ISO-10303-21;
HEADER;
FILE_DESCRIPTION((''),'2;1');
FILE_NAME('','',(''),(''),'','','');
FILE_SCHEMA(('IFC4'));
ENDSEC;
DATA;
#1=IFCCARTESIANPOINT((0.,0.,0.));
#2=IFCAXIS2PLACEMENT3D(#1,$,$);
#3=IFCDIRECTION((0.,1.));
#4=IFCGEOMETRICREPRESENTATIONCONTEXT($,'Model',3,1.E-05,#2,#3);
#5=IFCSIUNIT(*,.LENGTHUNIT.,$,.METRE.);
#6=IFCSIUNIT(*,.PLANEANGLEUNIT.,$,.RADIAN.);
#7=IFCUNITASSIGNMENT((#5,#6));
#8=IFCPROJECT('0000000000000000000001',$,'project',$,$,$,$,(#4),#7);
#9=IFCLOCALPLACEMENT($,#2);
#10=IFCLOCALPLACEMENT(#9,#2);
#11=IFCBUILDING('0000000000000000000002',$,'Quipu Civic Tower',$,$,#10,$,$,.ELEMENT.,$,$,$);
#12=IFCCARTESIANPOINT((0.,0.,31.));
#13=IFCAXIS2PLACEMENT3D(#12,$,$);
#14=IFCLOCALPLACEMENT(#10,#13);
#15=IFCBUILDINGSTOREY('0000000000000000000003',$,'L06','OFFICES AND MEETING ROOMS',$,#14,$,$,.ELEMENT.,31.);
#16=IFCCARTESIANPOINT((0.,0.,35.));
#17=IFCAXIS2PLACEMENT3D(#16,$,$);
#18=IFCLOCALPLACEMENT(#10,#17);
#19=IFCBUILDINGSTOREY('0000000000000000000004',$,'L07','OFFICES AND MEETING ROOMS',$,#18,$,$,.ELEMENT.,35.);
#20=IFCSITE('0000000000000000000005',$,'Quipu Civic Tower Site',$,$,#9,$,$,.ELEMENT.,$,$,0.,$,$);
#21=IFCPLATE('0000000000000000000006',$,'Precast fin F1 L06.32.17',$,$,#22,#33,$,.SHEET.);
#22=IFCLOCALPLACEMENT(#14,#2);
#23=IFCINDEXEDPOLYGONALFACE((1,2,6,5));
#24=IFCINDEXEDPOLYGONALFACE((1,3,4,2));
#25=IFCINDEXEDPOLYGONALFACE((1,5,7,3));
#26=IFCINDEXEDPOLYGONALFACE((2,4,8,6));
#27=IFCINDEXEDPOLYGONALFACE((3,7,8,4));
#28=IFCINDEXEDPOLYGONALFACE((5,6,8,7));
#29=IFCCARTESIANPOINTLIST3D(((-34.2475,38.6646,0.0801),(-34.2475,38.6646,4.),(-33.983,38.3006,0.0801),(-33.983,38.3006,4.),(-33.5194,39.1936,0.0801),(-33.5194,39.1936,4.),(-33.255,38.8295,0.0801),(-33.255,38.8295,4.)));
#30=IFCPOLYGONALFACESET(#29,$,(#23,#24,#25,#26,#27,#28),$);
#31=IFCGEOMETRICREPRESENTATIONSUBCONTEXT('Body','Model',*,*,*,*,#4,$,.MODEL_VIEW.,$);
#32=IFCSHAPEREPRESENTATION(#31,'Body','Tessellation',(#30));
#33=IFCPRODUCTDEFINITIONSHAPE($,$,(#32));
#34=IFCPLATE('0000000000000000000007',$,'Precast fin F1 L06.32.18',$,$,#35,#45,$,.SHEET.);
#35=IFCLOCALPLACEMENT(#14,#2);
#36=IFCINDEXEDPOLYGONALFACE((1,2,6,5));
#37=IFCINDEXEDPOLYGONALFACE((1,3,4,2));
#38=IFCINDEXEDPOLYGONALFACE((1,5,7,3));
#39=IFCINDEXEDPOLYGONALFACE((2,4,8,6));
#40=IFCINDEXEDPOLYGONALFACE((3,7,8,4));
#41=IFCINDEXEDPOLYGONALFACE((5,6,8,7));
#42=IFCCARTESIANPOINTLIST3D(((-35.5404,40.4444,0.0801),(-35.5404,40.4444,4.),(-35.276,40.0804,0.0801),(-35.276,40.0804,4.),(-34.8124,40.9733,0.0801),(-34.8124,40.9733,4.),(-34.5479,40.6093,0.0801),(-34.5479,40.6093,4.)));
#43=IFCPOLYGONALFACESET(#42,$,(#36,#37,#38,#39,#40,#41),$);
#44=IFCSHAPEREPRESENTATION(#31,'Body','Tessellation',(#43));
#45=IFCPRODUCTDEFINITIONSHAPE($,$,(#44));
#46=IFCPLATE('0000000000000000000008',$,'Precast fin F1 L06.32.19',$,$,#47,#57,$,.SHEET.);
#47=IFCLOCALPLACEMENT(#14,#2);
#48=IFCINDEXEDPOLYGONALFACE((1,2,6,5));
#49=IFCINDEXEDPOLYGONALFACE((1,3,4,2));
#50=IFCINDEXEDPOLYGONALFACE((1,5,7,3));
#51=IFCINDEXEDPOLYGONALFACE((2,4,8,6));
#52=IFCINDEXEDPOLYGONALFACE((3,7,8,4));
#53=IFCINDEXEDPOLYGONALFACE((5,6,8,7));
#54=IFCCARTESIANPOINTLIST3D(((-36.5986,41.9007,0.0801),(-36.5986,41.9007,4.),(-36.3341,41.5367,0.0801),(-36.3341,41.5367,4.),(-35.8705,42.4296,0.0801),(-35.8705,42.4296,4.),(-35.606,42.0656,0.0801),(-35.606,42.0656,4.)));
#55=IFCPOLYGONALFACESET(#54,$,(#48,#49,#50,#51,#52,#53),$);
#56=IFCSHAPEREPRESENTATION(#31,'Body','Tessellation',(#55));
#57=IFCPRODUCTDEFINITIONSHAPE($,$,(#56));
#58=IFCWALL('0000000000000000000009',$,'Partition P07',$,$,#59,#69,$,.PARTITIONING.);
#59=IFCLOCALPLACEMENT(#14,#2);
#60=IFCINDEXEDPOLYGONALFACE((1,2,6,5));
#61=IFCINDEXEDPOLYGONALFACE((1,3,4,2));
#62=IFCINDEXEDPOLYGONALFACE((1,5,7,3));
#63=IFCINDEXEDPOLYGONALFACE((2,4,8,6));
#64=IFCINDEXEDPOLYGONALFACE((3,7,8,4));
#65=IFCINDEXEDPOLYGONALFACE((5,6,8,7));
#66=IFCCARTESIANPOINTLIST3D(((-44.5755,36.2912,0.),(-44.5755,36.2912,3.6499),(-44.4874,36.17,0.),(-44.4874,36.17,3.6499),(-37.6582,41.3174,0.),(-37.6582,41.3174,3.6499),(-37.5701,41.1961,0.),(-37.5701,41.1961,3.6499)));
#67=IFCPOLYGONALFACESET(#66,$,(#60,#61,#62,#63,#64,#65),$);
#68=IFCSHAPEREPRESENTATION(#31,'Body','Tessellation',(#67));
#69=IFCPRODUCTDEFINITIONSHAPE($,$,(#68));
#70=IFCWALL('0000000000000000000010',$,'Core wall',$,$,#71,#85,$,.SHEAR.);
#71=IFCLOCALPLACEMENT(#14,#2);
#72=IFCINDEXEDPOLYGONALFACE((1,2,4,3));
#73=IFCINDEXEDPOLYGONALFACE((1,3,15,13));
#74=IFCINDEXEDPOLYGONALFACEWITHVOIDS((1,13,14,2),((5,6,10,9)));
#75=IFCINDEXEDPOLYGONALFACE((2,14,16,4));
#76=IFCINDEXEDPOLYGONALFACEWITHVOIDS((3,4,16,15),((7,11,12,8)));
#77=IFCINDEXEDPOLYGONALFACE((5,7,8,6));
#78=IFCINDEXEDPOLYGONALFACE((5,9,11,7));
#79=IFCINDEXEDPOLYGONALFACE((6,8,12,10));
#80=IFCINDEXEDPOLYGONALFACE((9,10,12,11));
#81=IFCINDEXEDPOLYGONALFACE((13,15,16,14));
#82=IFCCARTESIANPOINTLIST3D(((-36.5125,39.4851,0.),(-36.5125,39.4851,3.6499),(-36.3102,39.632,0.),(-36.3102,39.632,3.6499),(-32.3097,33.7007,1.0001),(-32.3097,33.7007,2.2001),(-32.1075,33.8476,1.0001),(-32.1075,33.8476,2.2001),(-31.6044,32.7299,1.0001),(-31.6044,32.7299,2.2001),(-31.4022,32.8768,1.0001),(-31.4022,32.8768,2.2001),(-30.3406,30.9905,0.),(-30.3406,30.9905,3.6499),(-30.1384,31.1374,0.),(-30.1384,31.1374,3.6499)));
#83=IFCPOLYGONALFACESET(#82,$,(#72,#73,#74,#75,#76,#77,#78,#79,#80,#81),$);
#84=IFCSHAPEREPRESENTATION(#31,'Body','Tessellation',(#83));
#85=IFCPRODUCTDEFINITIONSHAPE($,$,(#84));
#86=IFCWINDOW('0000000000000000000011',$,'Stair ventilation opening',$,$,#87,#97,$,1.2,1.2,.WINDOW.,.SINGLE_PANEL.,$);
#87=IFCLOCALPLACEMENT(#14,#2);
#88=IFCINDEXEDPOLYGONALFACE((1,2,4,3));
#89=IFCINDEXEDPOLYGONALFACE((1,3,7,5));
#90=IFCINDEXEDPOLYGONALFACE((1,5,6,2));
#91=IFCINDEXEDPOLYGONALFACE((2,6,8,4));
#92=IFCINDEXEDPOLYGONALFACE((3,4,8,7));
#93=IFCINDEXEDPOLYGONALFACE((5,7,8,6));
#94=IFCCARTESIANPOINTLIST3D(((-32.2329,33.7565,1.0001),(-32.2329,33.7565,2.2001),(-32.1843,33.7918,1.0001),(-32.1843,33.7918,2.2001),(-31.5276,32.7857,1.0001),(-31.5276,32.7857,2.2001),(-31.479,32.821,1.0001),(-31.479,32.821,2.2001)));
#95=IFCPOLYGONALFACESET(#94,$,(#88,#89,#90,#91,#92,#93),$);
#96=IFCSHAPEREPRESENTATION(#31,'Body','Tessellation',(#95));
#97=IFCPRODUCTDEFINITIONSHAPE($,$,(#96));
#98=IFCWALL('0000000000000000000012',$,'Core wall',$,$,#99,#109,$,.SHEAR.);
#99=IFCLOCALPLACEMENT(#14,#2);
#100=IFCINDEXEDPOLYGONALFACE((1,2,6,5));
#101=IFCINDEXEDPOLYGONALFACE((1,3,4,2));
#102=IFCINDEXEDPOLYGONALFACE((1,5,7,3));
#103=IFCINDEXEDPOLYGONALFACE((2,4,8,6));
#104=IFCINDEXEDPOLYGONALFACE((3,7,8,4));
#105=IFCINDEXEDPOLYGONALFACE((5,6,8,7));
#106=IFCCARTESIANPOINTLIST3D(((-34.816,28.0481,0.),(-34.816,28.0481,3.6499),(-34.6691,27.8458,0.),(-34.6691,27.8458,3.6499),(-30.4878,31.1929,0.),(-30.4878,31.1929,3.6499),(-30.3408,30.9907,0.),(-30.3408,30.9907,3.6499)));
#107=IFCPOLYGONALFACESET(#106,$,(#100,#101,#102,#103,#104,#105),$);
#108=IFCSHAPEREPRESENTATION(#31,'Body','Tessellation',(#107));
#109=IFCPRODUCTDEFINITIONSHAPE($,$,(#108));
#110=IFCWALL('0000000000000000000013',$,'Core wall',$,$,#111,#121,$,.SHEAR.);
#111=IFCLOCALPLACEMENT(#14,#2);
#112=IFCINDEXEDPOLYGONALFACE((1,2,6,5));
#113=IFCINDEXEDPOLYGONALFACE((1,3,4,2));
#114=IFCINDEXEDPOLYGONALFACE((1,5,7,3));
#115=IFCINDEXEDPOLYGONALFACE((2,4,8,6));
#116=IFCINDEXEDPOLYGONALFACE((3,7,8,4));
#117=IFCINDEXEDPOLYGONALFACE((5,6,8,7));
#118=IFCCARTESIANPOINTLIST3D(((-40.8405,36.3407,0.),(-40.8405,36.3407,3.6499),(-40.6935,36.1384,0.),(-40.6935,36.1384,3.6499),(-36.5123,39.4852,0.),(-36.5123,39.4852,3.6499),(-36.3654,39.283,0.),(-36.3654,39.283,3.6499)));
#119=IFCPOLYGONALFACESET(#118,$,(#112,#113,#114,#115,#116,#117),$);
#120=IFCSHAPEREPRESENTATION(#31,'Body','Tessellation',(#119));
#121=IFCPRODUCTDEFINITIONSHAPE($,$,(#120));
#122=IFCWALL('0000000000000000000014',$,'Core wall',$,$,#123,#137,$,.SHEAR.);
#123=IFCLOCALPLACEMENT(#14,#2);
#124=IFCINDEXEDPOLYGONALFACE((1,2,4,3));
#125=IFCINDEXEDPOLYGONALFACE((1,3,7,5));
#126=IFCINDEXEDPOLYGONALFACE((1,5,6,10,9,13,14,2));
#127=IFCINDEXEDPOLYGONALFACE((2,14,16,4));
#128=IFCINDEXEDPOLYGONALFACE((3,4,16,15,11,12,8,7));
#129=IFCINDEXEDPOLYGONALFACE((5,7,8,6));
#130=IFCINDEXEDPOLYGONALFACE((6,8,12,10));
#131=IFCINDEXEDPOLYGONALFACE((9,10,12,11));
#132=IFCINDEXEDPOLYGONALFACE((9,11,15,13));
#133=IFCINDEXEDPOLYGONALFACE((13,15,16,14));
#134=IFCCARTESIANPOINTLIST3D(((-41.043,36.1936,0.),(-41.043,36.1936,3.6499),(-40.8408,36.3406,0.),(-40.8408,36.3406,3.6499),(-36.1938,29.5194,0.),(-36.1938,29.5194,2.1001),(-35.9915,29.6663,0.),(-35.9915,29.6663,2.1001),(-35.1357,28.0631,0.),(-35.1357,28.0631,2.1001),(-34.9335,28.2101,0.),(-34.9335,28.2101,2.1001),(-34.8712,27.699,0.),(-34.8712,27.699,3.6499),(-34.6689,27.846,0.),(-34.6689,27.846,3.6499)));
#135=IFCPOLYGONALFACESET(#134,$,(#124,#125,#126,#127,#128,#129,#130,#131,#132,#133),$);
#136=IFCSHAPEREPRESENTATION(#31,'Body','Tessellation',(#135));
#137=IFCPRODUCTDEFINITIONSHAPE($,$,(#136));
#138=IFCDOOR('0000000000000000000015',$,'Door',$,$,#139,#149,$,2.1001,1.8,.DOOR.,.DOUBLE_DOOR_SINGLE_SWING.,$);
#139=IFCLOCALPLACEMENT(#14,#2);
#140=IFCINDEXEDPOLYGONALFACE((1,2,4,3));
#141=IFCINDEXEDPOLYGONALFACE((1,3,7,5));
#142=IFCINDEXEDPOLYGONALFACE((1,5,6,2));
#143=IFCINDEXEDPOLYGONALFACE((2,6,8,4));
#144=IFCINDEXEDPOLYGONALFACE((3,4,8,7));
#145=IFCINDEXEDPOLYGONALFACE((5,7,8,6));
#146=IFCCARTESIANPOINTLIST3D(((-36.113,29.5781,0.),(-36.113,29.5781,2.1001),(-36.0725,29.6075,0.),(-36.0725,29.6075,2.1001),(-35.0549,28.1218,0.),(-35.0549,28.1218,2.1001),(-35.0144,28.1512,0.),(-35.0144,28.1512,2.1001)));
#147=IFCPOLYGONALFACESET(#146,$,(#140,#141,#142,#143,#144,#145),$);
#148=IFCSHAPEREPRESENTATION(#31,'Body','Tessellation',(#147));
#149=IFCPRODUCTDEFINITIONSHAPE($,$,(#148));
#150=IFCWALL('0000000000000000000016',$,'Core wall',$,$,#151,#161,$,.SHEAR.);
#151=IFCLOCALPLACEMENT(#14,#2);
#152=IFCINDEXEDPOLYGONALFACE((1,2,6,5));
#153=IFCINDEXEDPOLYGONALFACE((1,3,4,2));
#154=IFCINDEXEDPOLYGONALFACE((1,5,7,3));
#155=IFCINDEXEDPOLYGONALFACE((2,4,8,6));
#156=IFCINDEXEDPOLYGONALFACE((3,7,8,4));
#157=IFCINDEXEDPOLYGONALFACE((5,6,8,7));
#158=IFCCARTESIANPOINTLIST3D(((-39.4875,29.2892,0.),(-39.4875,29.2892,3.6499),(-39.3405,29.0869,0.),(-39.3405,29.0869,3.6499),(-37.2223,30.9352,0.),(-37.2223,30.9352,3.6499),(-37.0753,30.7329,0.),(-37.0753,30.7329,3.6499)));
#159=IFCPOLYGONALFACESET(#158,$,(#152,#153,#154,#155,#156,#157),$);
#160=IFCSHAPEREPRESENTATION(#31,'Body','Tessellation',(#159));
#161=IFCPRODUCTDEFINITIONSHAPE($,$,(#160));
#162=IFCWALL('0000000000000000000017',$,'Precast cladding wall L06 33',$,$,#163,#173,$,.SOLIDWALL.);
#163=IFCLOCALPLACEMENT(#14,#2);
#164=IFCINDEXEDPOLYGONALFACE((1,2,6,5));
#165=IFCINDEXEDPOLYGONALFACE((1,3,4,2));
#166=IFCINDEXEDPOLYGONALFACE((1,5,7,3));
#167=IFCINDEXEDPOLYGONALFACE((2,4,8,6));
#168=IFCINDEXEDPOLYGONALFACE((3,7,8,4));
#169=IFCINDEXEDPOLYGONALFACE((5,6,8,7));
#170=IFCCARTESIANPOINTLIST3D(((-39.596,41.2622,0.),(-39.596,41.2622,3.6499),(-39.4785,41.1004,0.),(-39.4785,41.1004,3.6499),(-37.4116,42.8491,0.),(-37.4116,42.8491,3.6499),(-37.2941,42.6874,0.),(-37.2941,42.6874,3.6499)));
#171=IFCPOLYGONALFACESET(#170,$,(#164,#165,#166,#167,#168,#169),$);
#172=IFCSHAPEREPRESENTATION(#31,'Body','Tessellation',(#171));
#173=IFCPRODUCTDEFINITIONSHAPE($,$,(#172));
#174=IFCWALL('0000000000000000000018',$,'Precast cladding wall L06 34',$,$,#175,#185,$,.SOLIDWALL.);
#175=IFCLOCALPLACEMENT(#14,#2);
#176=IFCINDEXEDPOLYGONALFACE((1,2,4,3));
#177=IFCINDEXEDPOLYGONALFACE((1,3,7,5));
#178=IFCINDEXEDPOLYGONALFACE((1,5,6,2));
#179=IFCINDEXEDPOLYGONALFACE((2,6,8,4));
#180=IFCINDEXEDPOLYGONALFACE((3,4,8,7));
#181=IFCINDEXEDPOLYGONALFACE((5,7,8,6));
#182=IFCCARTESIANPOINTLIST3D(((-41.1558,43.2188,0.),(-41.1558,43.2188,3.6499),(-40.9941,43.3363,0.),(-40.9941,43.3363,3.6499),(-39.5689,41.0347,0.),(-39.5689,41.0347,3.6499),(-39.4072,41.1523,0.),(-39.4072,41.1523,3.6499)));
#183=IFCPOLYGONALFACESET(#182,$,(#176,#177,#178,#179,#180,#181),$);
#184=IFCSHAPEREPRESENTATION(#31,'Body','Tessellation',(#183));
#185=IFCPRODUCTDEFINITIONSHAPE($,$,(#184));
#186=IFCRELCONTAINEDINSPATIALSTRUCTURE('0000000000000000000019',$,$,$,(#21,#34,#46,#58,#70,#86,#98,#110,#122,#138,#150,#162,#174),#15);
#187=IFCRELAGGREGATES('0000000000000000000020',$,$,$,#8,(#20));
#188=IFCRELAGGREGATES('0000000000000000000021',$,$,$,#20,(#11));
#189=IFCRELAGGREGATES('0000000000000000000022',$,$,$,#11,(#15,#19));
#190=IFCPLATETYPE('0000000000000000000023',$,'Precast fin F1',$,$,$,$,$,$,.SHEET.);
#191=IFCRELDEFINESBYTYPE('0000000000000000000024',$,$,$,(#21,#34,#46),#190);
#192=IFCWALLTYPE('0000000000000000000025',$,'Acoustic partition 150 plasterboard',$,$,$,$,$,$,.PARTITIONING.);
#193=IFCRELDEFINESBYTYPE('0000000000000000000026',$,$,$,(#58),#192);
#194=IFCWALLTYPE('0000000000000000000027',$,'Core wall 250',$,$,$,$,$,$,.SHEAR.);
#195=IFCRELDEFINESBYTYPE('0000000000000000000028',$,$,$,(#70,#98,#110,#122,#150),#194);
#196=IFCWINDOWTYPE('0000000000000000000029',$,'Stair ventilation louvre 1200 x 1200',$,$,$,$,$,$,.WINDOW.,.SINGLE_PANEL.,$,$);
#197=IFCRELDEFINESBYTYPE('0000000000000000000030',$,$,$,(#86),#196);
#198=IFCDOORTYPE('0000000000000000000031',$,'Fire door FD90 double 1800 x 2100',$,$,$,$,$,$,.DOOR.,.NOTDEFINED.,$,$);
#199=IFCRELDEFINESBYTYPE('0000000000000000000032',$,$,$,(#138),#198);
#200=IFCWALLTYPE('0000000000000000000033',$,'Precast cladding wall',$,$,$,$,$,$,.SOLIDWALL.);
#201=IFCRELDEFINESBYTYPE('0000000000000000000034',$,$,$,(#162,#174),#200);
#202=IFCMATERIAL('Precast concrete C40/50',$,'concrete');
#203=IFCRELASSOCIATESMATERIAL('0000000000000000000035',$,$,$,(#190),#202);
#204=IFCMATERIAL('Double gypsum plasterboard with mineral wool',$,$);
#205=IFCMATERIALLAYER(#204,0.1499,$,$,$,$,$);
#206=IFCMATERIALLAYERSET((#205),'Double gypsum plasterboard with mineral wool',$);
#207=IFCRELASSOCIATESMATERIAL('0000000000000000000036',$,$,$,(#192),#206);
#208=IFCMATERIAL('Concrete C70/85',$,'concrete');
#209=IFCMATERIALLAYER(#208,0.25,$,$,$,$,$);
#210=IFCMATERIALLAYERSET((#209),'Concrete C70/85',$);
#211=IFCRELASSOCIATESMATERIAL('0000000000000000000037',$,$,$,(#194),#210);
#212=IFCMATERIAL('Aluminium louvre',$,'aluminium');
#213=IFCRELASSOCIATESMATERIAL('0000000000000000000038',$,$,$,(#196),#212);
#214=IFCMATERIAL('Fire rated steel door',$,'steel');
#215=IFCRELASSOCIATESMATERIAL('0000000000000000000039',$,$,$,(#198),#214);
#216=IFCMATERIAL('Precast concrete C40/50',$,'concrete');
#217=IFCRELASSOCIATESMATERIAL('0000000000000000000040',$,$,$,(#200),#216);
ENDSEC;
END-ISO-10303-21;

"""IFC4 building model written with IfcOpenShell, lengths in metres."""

from ifc_helpers import new_model, si_unit, direction, frame, frame_2d, origin, origin_2d, place, context, subcontext, project, spatial, rectangle, extrude, material, layer, layer_set, type_object, element, fill, save


model = new_model("IFC4")

# Units and contexts
model_context = context("Model", 3, precision=1e-05, world=origin(), true_north=direction((0.0, 1.0)))
body_context = subcontext(model_context, "Body", "Model", "MODEL_VIEW")
ifc_project = project(units=[si_unit("LENGTHUNIT", "METRE"), si_unit("PLANEANGLEUNIT", "RADIAN")], contexts=[model_context])

# Site, building, storey
site_placement = place(None, origin())
site = spatial("IfcSite", under=ifc_project, at=site_placement, Name="Quipu Civic Tower Site", CompositionType="ELEMENT", RefElevation=0.0)
building_placement = place(site_placement, origin())
building = spatial("IfcBuilding", under=site, at=building_placement, Name="Quipu Civic Tower", CompositionType="ELEMENT")
storey_1_placement = place(building_placement, frame((0.0, 0.0, 31.0)))
storey_1 = spatial("IfcBuildingStorey", under=building, at=storey_1_placement, Name="L06", Description="OFFICES AND MEETING ROOMS", CompositionType="ELEMENT", Elevation=31.0)

# Shared definitions
storey_2_placement = place(building_placement, frame((0.0, 0.0, 35.0)))
storey_2 = spatial("IfcBuildingStorey", under=building, at=storey_2_placement, Name="L07", Description="OFFICES AND MEETING ROOMS", CompositionType="ELEMENT", Elevation=35.0)

# Plates
ifc_material_1 = material(Name="Precast concrete C40/50", Category="concrete")
plate_type_1 = type_object("IfcPlateType", Name="Precast fin F1", PredefinedType="SHEET", material=ifc_material_1)
for number, where, z_axis, x_axis, name in (
    (1, (-33.7512, 38.7471, 0.0801), (0.0, 0.0, 1.0), (-0.587785, 0.809017, 0.0), "Precast fin F1 L06.32.17"),
    (2, (-35.0442, 40.5269, 0.0801), (0.0, 0.0, 1.0), (-0.587785, 0.809017, 0.0), "Precast fin F1 L06.32.18"),
    (3, (-36.1023, 41.9832, 0.0801), (0.0, 0.0, 1.0), (-0.587785, 0.809017, 0.0), "Precast fin F1 L06.32.19"),
):
    element("IfcPlate", number, at=place(storey_1_placement, frame(where, z_axis=z_axis, x_axis=x_axis)), inside=storey_1, type_object=plate_type_1, Name=name, PredefinedType="SHEET", context=body_context, shape_type="SweptSolid", body=[
        extrude(rectangle(XDim=0.45, YDim=0.8999, at=origin_2d()), origin(), (0.0, 0.0, 1.0), 3.9199),
    ])

# Wall
ifc_material_2 = material(Name="Double gypsum plasterboard with mineral wool")
ifc_layer_1 = layer(ifc_material_2, 0.1499)
ifc_layer_set_1 = layer_set([ifc_layer_1], Name="Double gypsum plasterboard with mineral wool")
wall_type_1 = type_object("IfcWallType", Name="Acoustic partition 150 plasterboard", PredefinedType="PARTITIONING", material=ifc_layer_set_1)
wall_1_placement = place(storey_1_placement, frame((-37.614, 41.2568, 0.0), z_axis=(0.0, 0.0, 1.0), x_axis=(-0.808992, -0.58782, 0.0)))
element("IfcWall", 4, at=wall_1_placement, inside=storey_1, type_object=wall_type_1, Name="Partition P07", PredefinedType="PARTITIONING", context=body_context, shape_type="SweptSolid", body=[
    extrude(rectangle(XDim=8.5505, YDim=0.1499, at=frame_2d((4.2754, 0.0))), origin(), (0.0, 0.0, 1.0), 3.6499),
])

# Wall, opening, window
ifc_material_3 = material(Name="Concrete C70/85", Category="concrete")
ifc_layer_2 = layer(ifc_material_3, 0.25)
ifc_layer_set_2 = layer_set([ifc_layer_2], Name="Concrete C70/85")
wall_type_2 = type_object("IfcWallType", Name="Core wall 250", PredefinedType="SHEAR", material=ifc_layer_set_2)
wall_2_placement = place(storey_1_placement, frame((-30.2395, 31.064, 0.0), z_axis=(0.0, 0.0, 1.0), x_axis=(-0.587796, 0.809009, 0.0)))
wall_2 = element("IfcWall", 5, at=wall_2_placement, inside=storey_1, type_object=wall_type_2, Name="Core wall", PredefinedType="SHEAR", context=body_context, shape_type="SweptSolid", body=[
    extrude(rectangle(XDim=10.5, YDim=0.25, at=frame_2d((5.25, 0.0))), origin(), (0.0, 0.0, 1.0), 3.6499),
])
opening_1_placement = place(wall_2_placement, frame((2.1499, 0.0, 1.0)))
opening_1 = element("IfcOpeningElement", 6, at=opening_1_placement, cuts=wall_2, PredefinedType="OPENING", context=body_context, shape_type="SweptSolid", body=[
    extrude(rectangle(XDim=1.2, YDim=1.2, at=frame_2d((0.6001, 0.6001))), frame((0.0, 0.135, 0.0), z_axis=(0.0, -1.0, 0.0), x_axis=(1.0, 0.0, 0.0)), (0.0, 0.0, 1.0), 0.27),
])
ifc_material_4 = material(Name="Aluminium louvre", Category="aluminium")
window_type = type_object("IfcWindowType", Name="Stair ventilation louvre 1200 x 1200", PartitioningType="SINGLE_PANEL", PredefinedType="WINDOW", material=ifc_material_4)
window_placement = place(opening_1_placement, origin())
window = element("IfcWindow", 7, at=window_placement, inside=storey_1, type_object=window_type, Name="Stair ventilation opening", OverallHeight=1.2, OverallWidth=1.2, PartitioningType="SINGLE_PANEL", PredefinedType="WINDOW", context=body_context, shape_type="SweptSolid", body=[
    extrude(rectangle(XDim=1.2, YDim=1.2, at=frame_2d((0.6001, 0.6001))), frame((0.0, 0.03, 0.0), z_axis=(0.0, -1.0, 0.0), x_axis=(1.0, 0.0, 0.0)), (0.0, 0.0, 1.0), 0.0601),
])
fill(opening_1, window)

# Walls
wall_3_placement = place(storey_1_placement, frame((-30.4143, 31.0918, 0.0), z_axis=(0.0, 0.0, 1.0), x_axis=(-0.808998, -0.587811, 0.0)))
element("IfcWall", 8, at=wall_3_placement, inside=storey_1, type_object=wall_type_2, Name="Core wall", PredefinedType="SHEAR", context=body_context, shape_type="SweptSolid", body=[
    extrude(rectangle(XDim=5.3501, YDim=0.25, at=frame_2d((2.675, 0.0))), origin(), (0.0, 0.0, 1.0), 3.6499),
])
wall_4_placement = place(storey_1_placement, frame((-36.439, 39.384, 0.0), z_axis=(0.0, 0.0, 1.0), x_axis=(-0.80902, -0.587781, 0.0)))
element("IfcWall", 9, at=wall_4_placement, inside=storey_1, type_object=wall_type_2, Name="Core wall", PredefinedType="SHEAR", context=body_context, shape_type="SweptSolid", body=[
    extrude(rectangle(XDim=5.3499, YDim=0.25, at=frame_2d((2.6748, 0.0))), origin(), (0.0, 0.0, 1.0), 3.6499),
])

# Wall, opening, door
wall_5_placement = place(storey_1_placement, frame((-40.9419, 36.2671, 0.0), z_axis=(0.0, 0.0, 1.0), x_axis=(0.587796, -0.809009, 0.0)))
wall_5 = element("IfcWall", 10, at=wall_5_placement, inside=storey_1, type_object=wall_type_2, Name="Core wall", PredefinedType="SHEAR", context=body_context, shape_type="SweptSolid", body=[
    extrude(rectangle(XDim=10.5, YDim=0.25, at=frame_2d((5.25, 0.0))), origin(), (0.0, 0.0, 1.0), 3.6499),
])
opening_2_placement = place(wall_5_placement, frame((8.25, 0.0, 0.0)))
opening_2 = element("IfcOpeningElement", 11, at=opening_2_placement, cuts=wall_5, PredefinedType="OPENING", context=body_context, shape_type="SweptSolid", body=[
    extrude(rectangle(XDim=1.8, YDim=2.1001, at=frame_2d((0.8999, 1.05))), frame((0.0, 0.135, 0.0), z_axis=(0.0, -1.0, 0.0), x_axis=(1.0, 0.0, 0.0)), (0.0, 0.0, 1.0), 0.27),
])
ifc_material_5 = material(Name="Fire rated steel door", Category="steel")
door_type = type_object("IfcDoorType", Name="Fire door FD90 double 1800 x 2100", OperationType="NOTDEFINED", PredefinedType="DOOR", material=ifc_material_5)
door_placement = place(opening_2_placement, origin())
door = element("IfcDoor", 12, at=door_placement, inside=storey_1, type_object=door_type, Name="Door", OperationType="DOUBLE_DOOR_SINGLE_SWING", OverallHeight=2.1001, OverallWidth=1.8, PredefinedType="DOOR", context=body_context, shape_type="SweptSolid", body=[
    extrude(rectangle(XDim=1.8, YDim=2.1001, at=frame_2d((0.8999, 1.05))), frame((0.0, 0.0249, 0.0), z_axis=(0.0, -1.0, 0.0), x_axis=(1.0, 0.0, 0.0)), (0.0, 0.0, 1.0), 0.05),
])
fill(opening_2, door)

# Walls
wall_6_placement = place(storey_1_placement, frame((-37.1489, 30.834, 0.0), z_axis=(0.0, 0.0, 1.0), x_axis=(-0.80897, -0.58785, 0.0)))
element("IfcWall", 13, at=wall_6_placement, inside=storey_1, type_object=wall_type_2, Name="Core wall", PredefinedType="SHEAR", context=body_context, shape_type="SweptSolid", body=[
    extrude(rectangle(XDim=2.8, YDim=0.25, at=frame_2d((1.3999, 0.0))), origin(), (0.0, 0.0, 1.0), 3.6499),
])
ifc_material_6 = material(Name="Precast concrete C40/50", Category="concrete")
wall_type_3 = type_object("IfcWallType", Name="Precast cladding wall", PredefinedType="SOLIDWALL", material=ifc_material_6)
wall_7_placement = place(storey_1_placement, frame((-37.3528, 42.7683, 0.0), z_axis=(0.0, 0.0, 1.0), x_axis=(-0.809033, -0.587763, 0.0)))
element("IfcWall", 14, at=wall_7_placement, inside=storey_1, type_object=wall_type_3, Name="Precast cladding wall L06 33", PredefinedType="SOLIDWALL", context=body_context, shape_type="SweptSolid", body=[
    extrude(rectangle(XDim=2.7, YDim=0.2, at=frame_2d((1.3501, 0.0))), origin(), (0.0, 0.0, 1.0), 3.6499),
])
wall_8_placement = place(storey_1_placement, frame((-39.488, 41.0935, 0.0), z_axis=(0.0, 0.0, 1.0), x_axis=(-0.587806, 0.809002, 0.0)))
element("IfcWall", 15, at=wall_8_placement, inside=storey_1, type_object=wall_type_3, Name="Precast cladding wall L06 34", PredefinedType="SOLIDWALL", context=body_context, shape_type="SweptSolid", body=[
    extrude(rectangle(XDim=2.6997, YDim=0.2, at=frame_2d((1.3499, 0.0))), origin(), (0.0, 0.0, 1.0), 3.6499),
])

save(model, "model.ifc")
